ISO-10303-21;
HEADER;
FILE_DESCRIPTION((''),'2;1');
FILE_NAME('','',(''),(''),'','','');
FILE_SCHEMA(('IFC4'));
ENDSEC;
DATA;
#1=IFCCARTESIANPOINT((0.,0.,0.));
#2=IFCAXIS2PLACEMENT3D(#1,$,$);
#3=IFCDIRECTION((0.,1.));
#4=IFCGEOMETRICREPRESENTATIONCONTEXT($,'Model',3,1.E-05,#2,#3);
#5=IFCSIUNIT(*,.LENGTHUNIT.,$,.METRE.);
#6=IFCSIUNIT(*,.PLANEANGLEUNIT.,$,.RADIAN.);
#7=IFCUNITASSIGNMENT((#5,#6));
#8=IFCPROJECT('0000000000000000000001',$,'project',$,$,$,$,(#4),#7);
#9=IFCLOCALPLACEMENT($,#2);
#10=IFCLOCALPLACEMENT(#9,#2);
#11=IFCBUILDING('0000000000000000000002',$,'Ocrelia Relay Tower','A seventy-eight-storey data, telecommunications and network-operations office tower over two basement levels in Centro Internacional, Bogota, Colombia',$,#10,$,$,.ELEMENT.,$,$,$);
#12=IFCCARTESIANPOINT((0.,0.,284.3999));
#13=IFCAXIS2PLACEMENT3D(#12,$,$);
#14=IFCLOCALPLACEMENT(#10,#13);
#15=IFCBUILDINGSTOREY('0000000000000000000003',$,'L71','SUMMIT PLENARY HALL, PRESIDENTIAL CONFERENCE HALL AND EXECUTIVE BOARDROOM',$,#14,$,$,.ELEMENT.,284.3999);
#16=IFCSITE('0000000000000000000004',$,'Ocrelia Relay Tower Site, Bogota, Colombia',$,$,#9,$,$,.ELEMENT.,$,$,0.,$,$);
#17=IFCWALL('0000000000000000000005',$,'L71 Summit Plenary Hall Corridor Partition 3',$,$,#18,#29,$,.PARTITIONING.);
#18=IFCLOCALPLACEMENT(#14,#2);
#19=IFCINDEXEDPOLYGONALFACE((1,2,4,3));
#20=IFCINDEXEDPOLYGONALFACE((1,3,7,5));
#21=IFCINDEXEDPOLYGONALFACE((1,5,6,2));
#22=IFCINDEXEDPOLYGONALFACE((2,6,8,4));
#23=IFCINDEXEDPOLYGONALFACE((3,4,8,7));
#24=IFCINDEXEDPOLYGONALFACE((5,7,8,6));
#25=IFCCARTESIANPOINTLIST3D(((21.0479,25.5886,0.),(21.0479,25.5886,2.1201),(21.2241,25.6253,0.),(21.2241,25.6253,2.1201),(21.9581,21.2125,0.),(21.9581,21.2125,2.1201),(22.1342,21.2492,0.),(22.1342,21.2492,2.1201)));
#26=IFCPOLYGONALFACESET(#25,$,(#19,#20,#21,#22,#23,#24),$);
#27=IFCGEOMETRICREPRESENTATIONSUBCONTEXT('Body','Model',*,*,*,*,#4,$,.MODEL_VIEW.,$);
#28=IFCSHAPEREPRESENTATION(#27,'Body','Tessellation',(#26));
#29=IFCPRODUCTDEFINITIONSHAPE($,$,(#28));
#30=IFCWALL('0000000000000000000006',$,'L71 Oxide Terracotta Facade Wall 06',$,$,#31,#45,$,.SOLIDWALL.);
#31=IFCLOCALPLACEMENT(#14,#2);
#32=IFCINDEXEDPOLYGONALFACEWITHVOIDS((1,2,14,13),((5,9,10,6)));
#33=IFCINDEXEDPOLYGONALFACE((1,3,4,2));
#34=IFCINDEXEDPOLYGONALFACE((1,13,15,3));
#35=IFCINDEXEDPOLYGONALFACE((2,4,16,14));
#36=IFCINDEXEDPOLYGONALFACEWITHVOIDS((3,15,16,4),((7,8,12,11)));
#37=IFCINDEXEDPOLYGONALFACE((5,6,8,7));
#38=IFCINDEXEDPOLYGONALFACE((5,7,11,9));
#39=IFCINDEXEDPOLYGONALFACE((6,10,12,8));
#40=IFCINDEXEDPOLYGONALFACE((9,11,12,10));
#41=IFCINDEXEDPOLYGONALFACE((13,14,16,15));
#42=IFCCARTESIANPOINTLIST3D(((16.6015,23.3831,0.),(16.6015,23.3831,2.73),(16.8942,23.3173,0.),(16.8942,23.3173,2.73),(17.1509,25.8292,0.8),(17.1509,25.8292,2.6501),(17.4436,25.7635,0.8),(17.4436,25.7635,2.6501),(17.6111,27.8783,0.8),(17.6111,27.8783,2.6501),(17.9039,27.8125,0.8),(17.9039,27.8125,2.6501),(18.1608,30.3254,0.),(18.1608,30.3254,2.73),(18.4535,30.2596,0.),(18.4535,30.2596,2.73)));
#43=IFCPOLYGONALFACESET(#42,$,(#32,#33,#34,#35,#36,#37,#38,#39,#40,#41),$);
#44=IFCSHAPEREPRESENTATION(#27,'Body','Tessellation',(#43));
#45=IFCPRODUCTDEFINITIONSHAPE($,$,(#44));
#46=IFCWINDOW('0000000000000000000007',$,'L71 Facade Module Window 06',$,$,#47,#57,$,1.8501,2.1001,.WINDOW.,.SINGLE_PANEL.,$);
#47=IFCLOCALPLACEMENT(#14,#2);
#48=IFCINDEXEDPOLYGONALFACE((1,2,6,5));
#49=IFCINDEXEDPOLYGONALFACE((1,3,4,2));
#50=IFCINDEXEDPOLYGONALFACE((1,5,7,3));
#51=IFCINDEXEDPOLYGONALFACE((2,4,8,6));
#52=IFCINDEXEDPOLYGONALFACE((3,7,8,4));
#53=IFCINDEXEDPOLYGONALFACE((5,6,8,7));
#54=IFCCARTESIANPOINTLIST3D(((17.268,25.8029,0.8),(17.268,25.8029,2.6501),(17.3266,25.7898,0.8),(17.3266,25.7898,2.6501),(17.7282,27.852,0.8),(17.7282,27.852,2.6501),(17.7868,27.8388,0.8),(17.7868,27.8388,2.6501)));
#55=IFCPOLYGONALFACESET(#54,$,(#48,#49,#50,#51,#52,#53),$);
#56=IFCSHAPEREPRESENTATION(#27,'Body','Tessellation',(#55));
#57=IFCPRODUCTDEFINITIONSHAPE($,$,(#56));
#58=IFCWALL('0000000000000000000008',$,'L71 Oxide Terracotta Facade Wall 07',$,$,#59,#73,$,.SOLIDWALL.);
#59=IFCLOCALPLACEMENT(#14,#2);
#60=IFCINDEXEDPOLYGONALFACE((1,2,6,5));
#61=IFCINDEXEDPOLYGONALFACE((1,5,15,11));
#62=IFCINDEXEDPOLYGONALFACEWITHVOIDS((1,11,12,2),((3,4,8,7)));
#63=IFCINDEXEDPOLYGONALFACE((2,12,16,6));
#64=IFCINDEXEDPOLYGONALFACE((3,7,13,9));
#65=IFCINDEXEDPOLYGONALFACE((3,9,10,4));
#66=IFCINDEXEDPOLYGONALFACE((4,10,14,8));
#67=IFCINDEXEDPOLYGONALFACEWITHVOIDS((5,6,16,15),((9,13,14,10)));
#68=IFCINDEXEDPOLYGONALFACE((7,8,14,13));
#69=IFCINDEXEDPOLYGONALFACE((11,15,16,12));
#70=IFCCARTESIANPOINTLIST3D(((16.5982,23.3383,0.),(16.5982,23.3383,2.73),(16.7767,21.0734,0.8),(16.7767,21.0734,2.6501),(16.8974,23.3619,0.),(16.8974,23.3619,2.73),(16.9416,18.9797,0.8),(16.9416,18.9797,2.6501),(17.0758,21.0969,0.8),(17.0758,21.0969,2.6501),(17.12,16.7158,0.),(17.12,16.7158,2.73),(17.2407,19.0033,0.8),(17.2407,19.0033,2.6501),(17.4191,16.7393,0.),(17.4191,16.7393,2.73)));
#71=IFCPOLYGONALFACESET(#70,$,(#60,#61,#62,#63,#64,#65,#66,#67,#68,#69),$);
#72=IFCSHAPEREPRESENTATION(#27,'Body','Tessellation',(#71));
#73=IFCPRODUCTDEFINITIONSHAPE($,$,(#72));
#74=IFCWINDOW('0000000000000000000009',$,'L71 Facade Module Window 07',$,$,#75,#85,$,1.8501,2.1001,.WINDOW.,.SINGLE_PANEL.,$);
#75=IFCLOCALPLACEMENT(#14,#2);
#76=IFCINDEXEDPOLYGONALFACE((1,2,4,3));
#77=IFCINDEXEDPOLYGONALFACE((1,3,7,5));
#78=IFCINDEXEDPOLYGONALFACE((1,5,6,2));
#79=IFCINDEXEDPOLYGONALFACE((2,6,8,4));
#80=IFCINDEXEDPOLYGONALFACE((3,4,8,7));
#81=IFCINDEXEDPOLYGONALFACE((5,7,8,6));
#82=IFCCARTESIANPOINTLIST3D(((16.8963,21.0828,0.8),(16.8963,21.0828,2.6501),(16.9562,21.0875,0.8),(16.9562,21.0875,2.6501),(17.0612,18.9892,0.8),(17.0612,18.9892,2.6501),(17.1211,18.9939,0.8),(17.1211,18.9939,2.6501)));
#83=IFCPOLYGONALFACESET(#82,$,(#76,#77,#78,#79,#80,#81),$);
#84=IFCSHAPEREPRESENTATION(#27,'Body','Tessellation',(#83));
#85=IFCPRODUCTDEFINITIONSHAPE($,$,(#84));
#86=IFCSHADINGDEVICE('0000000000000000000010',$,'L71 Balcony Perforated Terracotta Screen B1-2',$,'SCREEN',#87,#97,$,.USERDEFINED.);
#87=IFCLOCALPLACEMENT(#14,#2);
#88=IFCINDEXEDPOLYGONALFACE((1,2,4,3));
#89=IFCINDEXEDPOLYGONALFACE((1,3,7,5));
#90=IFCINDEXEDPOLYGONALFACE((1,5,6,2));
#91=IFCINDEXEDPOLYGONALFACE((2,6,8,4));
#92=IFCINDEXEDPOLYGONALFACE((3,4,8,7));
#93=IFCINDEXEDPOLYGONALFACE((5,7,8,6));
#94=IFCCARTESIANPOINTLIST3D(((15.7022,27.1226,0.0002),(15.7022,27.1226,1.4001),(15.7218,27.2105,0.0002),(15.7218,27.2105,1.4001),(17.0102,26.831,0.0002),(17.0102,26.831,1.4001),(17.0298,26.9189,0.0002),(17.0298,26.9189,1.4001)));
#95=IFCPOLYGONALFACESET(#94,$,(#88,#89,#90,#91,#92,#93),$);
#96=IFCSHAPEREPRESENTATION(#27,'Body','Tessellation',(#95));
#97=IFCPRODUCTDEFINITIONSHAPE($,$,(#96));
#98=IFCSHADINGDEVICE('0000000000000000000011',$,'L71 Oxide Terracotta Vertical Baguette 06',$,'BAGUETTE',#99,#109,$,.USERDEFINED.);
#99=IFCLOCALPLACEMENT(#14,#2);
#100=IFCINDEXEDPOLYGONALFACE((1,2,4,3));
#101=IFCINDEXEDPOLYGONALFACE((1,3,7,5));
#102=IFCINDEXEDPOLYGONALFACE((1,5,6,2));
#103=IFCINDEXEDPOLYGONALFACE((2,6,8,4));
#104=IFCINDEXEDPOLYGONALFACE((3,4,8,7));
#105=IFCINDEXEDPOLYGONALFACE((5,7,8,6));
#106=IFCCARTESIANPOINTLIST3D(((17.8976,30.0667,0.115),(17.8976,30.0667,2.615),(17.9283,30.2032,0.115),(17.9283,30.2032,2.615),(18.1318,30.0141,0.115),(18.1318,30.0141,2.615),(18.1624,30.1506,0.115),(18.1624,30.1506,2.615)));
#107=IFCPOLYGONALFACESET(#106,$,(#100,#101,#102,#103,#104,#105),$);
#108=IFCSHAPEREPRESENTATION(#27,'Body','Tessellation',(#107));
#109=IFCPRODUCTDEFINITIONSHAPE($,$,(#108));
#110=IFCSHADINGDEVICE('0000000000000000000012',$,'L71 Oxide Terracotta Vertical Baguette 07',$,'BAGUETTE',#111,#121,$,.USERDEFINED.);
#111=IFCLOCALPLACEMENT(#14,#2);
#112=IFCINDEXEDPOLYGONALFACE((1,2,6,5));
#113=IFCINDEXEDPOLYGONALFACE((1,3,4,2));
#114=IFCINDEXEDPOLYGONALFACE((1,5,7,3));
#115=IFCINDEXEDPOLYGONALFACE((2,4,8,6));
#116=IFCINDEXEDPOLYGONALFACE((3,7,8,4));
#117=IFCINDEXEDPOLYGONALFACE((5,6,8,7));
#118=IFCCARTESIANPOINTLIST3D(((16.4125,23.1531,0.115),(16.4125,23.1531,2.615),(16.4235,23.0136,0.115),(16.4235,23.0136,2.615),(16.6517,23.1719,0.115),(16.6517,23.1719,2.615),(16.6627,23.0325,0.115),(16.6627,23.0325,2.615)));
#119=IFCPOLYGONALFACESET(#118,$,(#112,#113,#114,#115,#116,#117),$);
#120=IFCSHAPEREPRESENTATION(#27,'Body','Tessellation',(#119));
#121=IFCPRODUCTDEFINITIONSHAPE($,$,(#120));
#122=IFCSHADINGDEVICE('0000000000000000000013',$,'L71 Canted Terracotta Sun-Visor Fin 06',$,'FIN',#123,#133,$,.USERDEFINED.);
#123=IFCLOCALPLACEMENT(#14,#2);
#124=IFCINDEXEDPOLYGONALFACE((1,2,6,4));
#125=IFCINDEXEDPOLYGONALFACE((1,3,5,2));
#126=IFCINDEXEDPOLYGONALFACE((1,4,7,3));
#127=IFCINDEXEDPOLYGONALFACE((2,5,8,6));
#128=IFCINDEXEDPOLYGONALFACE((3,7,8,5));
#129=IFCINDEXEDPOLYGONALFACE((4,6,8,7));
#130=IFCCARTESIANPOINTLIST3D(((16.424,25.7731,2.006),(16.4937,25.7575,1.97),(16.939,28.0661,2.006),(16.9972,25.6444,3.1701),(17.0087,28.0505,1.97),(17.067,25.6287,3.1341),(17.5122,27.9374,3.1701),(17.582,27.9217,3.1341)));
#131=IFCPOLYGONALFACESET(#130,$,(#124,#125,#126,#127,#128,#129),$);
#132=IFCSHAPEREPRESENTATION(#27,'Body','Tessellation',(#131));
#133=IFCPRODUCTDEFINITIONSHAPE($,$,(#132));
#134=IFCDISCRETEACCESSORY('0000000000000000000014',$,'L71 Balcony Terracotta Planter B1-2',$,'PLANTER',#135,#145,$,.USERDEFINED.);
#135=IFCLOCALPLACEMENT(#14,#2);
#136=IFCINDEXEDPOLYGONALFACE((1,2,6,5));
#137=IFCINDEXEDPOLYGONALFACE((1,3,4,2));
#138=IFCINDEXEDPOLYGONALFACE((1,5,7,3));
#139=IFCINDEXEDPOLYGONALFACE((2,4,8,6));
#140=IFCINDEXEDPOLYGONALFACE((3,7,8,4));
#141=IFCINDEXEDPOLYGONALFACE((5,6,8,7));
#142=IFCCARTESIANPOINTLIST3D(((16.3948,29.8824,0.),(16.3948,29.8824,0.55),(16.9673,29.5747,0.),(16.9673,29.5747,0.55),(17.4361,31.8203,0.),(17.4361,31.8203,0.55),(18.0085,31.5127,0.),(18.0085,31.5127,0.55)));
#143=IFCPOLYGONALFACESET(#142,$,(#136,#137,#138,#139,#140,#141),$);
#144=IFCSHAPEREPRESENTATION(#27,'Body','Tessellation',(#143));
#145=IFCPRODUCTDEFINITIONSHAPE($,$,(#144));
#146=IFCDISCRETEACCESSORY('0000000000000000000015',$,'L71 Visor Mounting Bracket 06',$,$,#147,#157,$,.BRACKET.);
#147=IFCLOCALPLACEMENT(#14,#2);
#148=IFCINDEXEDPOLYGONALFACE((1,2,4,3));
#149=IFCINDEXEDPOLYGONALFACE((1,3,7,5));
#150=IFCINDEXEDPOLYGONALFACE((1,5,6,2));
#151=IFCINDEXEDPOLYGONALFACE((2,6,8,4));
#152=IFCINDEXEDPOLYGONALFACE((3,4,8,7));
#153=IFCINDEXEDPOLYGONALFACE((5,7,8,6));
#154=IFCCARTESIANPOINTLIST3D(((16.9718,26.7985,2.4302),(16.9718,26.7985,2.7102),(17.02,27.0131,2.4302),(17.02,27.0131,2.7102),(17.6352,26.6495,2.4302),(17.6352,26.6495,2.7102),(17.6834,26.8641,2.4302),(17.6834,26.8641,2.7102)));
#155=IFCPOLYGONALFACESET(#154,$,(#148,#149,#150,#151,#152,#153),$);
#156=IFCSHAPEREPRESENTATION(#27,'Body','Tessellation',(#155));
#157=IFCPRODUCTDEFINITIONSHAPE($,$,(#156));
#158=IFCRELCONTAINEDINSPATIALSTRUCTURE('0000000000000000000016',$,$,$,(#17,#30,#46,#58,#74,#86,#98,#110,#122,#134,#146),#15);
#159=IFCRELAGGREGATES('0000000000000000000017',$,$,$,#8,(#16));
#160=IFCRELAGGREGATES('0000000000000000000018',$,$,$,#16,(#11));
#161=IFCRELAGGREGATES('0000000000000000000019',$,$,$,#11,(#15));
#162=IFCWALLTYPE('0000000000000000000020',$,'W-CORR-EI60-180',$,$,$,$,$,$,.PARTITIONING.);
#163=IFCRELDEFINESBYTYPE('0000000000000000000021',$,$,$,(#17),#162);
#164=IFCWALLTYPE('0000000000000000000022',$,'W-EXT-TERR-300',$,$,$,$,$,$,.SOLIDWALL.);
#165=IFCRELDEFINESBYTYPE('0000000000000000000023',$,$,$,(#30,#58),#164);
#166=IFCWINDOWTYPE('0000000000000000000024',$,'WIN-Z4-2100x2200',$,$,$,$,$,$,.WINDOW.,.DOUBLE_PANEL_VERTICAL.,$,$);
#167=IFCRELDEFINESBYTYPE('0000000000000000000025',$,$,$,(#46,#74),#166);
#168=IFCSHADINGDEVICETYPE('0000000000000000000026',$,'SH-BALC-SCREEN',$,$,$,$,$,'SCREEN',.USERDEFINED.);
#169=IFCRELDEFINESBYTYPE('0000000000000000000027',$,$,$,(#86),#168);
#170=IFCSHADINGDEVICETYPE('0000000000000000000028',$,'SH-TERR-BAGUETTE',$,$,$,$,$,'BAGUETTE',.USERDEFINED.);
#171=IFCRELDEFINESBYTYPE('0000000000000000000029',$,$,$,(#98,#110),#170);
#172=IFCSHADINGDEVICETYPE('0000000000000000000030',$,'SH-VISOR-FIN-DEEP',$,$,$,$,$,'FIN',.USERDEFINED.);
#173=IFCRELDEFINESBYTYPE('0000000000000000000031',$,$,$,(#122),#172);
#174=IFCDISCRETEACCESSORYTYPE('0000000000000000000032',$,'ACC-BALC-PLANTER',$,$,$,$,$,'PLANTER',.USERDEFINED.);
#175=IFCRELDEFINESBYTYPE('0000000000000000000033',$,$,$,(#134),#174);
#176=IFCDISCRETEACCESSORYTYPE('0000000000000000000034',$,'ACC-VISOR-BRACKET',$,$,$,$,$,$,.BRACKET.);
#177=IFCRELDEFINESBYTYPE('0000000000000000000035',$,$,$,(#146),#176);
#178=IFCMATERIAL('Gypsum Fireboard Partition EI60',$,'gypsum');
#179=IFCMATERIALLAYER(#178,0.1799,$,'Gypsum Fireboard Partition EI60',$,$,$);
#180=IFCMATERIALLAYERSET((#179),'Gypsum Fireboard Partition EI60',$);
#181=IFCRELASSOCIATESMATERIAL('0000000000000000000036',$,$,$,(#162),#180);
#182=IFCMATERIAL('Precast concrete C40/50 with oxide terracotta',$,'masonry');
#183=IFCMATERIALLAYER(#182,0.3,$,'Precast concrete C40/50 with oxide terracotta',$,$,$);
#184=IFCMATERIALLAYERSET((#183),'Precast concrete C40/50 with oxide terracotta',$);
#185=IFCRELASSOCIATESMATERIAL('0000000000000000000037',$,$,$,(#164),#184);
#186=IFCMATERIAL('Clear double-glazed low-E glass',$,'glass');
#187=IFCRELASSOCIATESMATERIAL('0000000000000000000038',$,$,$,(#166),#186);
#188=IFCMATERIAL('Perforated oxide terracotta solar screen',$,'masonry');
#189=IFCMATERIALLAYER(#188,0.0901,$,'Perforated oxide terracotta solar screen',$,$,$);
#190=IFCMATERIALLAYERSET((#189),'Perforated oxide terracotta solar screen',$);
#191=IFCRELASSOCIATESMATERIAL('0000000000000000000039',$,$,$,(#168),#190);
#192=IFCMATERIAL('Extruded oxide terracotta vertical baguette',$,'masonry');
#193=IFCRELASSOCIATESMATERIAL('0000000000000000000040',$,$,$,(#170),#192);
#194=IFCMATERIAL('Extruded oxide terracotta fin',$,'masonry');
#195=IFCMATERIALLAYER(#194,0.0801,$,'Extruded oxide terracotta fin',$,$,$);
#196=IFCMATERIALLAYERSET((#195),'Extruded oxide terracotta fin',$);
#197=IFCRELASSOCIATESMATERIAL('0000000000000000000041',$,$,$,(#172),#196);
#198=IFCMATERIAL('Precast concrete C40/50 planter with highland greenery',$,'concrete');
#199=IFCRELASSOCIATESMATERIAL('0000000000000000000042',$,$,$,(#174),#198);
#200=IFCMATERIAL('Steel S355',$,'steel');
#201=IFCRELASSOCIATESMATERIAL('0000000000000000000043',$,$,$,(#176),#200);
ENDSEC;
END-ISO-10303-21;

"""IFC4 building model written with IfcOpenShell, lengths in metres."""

from ifc_helpers import new_model, si_unit, direction, frame, frame_2d, origin, origin_2d, place, context, subcontext, project, spatial, rectangle, extrude, material, layer, layer_set, type_object, element, fill, save


model = new_model("IFC4")

# Units and contexts
model_context = context("Model", 3, precision=1e-05, world=origin(), true_north=direction((0.0, 1.0)))
body_context = subcontext(model_context, "Body", "Model", "MODEL_VIEW")
ifc_project = project(units=[si_unit("LENGTHUNIT", "METRE"), si_unit("PLANEANGLEUNIT", "RADIAN")], contexts=[model_context])

# Site, building, storey
site_placement = place(None, origin())
site = spatial("IfcSite", under=ifc_project, at=site_placement, Name="Ocrelia Relay Tower Site, Bogota, Colombia", CompositionType="ELEMENT", RefElevation=0.0)
building_placement = place(site_placement, origin())
building = spatial("IfcBuilding", under=site, at=building_placement, Name="Ocrelia Relay Tower", Description="A seventy-eight-storey data, telecommunications and network-operations office tower over two basement levels in Centro Internacional, Bogota, Colombia", CompositionType="ELEMENT")
storey_placement = place(building_placement, frame((0.0, 0.0, 284.3999)))
storey = spatial("IfcBuildingStorey", under=building, at=storey_placement, Name="L71", Description="SUMMIT PLENARY HALL, PRESIDENTIAL CONFERENCE HALL AND EXECUTIVE BOARDROOM", CompositionType="ELEMENT", Elevation=284.3999)

# Shared definitions
ifc_material_1 = material(Name="Steel S355", Category="steel")

# Wall
ifc_material_2 = material(Name="Gypsum Fireboard Partition EI60", Category="gypsum")
ifc_layer_1 = layer(ifc_material_2, 0.1799, Name="Gypsum Fireboard Partition EI60")
ifc_layer_set_1 = layer_set([ifc_layer_1], Name="Gypsum Fireboard Partition EI60")
wall_type_1 = type_object("IfcWallType", Name="W-CORR-EI60-180", PredefinedType="PARTITIONING", material=ifc_layer_set_1)
wall_1_placement = place(storey_placement, frame((21.136, 25.6069, 0.0), z_axis=(0.0, 0.0, 1.0), x_axis=(0.203631, -0.979048, 0.0)))
element("IfcWall", 1, at=wall_1_placement, inside=storey, type_object=wall_type_1, Name="L71 Summit Plenary Hall Corridor Partition 3", PredefinedType="PARTITIONING", context=body_context, shape_type="SweptSolid", body=[
    extrude(rectangle(XDim=4.4697, YDim=0.1799, at=frame_2d((2.2349, 0.0))), origin(), (0.0, 0.0, 1.0), 2.1201),
])

# Walls, openings, windows
ifc_material_3 = material(Name="Precast concrete C40/50 with oxide terracotta", Category="masonry")
ifc_layer_2 = layer(ifc_material_3, 0.3, Name="Precast concrete C40/50 with oxide terracotta")
ifc_layer_set_2 = layer_set([ifc_layer_2], Name="Precast concrete C40/50 with oxide terracotta")
wall_type_2 = type_object("IfcWallType", Name="W-EXT-TERR-300", PredefinedType="SOLIDWALL", material=ifc_layer_set_2)
wall_2_placement = place(storey_placement, frame((18.3071, 30.2925, 0.0), z_axis=(0.0, 0.0, 1.0), x_axis=(-0.21915, -0.975691, 0.0)))
wall_2 = element("IfcWall", 2, at=wall_2_placement, inside=storey, type_object=wall_type_2, Name="L71 Oxide Terracotta Facade Wall 06", PredefinedType="SOLIDWALL", context=body_context, shape_type="SweptSolid", body=[
    extrude(rectangle(XDim=7.1152, YDim=0.3, at=frame_2d((3.5576, 0.0))), origin(), (0.0, 0.0, 1.0), 2.73),
])
opening_1_placement = place(wall_2_placement, frame((2.5081, 0.0, 0.8)))
opening_1 = element("IfcOpeningElement", 3, at=opening_1_placement, cuts=wall_2, PredefinedType="OPENING", context=body_context, shape_type="SweptSolid", body=[
    extrude(rectangle(XDim=2.1001, YDim=1.8501, at=frame_2d((1.05, 0.925))), frame((0.0, 0.1602, 0.0), z_axis=(0.0, -1.0, 0.0), x_axis=(1.0, 0.0, 0.0)), (0.0, 0.0, 1.0), 0.3201),
])
ifc_material_4 = material(Name="Clear double-glazed low-E glass", Category="glass")
window_type = type_object("IfcWindowType", Name="WIN-Z4-2100x2200", PartitioningType="DOUBLE_PANEL_VERTICAL", PredefinedType="WINDOW", material=ifc_material_4)
window_1_placement = place(opening_1_placement, origin())
window_1 = element("IfcWindow", 4, at=window_1_placement, inside=storey, type_object=window_type, Name="L71 Facade Module Window 06", OverallHeight=1.8501, OverallWidth=2.1001, PartitioningType="SINGLE_PANEL", PredefinedType="WINDOW", context=body_context, shape_type="SweptSolid", body=[
    extrude(rectangle(XDim=2.1001, YDim=1.8501, at=frame_2d((1.05, 0.925))), frame((0.0, 0.03, 0.0), z_axis=(0.0, -1.0, 0.0), x_axis=(1.0, 0.0, 0.0)), (0.0, 0.0, 1.0), 0.0601),
])
fill(opening_1, window_1)
wall_3_placement = place(storey_placement, frame((16.7478, 23.3501, 0.0), z_axis=(0.0, 0.0, 1.0), x_axis=(0.078537, -0.996911, 0.0)))
wall_3 = element("IfcWall", 5, at=wall_3_placement, inside=storey, type_object=wall_type_2, Name="L71 Oxide Terracotta Facade Wall 07", PredefinedType="SOLIDWALL", context=body_context, shape_type="SweptSolid", body=[
    extrude(rectangle(XDim=6.6431, YDim=0.3, at=frame_2d((3.3215, 0.0))), origin(), (0.0, 0.0, 1.0), 2.73),
])
opening_2_placement = place(wall_3_placement, frame((2.272, 0.0, 0.8)))
opening_2 = element("IfcOpeningElement", 6, at=opening_2_placement, cuts=wall_3, PredefinedType="OPENING", context=body_context, shape_type="SweptSolid", body=[
    extrude(rectangle(XDim=2.1001, YDim=1.8501, at=frame_2d((1.05, 0.925))), frame((0.0, 0.1602, 0.0), z_axis=(0.0, -1.0, 0.0), x_axis=(1.0, 0.0, 0.0)), (0.0, 0.0, 1.0), 0.3201),
])
window_2_placement = place(opening_2_placement, origin())
window_2 = element("IfcWindow", 7, at=window_2_placement, inside=storey, type_object=window_type, Name="L71 Facade Module Window 07", OverallHeight=1.8501, OverallWidth=2.1001, PartitioningType="SINGLE_PANEL", PredefinedType="WINDOW", context=body_context, shape_type="SweptSolid", body=[
    extrude(rectangle(XDim=2.1001, YDim=1.8501, at=frame_2d((1.05, 0.925))), frame((0.0, 0.03, 0.0), z_axis=(0.0, -1.0, 0.0), x_axis=(1.0, 0.0, 0.0)), (0.0, 0.0, 1.0), 0.0601),
])
fill(opening_2, window_2)

# Shading devices
ifc_material_5 = material(Name="Perforated oxide terracotta solar screen", Category="masonry")
ifc_layer_3 = layer(ifc_material_5, 0.0901, Name="Perforated oxide terracotta solar screen")
ifc_layer_set_3 = layer_set([ifc_layer_3], Name="Perforated oxide terracotta solar screen")
shading_device_type_1 = type_object("IfcShadingDeviceType", Name="SH-BALC-SCREEN", ElementType="SCREEN", PredefinedType="USERDEFINED", material=ifc_layer_set_3)
shading_device_1_placement = place(storey_placement, frame((16.366, 27.0208, 0.0002), z_axis=(0.0, 0.0, 1.0), x_axis=(-0.976038, 0.217599, 0.0)))
element("IfcShadingDevice", 8, at=shading_device_1_placement, inside=storey, type_object=shading_device_type_1, Name="L71 Balcony Perforated Terracotta Screen B1-2", ObjectType="SCREEN", PredefinedType="USERDEFINED", context=body_context, shape_type="SweptSolid", body=[
    extrude(rectangle(XDim=1.3401, YDim=0.0901, at=origin_2d()), origin(), (0.0, 0.0, 1.0), 1.3999),
])
ifc_material_6 = material(Name="Extruded oxide terracotta vertical baguette", Category="masonry")
shading_device_type_2 = type_object("IfcShadingDeviceType", Name="SH-TERR-BAGUETTE", ElementType="BAGUETTE", PredefinedType="USERDEFINED", material=ifc_material_6)
for number, where, z_axis, x_axis, name in (
    (9, (18.03, 30.1086, 0.115), (0.0, 0.0, 1.0), (-0.219135, -0.975694, 0.0), "L71 Oxide Terracotta Vertical Baguette 06"),
    (10, (16.5376, 23.0928, 0.115), (0.0, 0.0, 1.0), (0.078517, -0.996913, 0.0), "L71 Oxide Terracotta Vertical Baguette 07"),
):
    element("IfcShadingDevice", number, at=place(storey_placement, frame(where, z_axis=z_axis, x_axis=x_axis)), inside=storey, type_object=shading_device_type_2, Name=name, ObjectType="BAGUETTE", PredefinedType="USERDEFINED", context=body_context, shape_type="SweptSolid", body=[
        extrude(rectangle(XDim=0.1399, YDim=0.24, at=origin_2d()), origin(), (0.0, 0.0, 1.0), 2.5),
    ])
ifc_material_7 = material(Name="Extruded oxide terracotta fin", Category="masonry")
ifc_layer_4 = layer(ifc_material_7, 0.0801, Name="Extruded oxide terracotta fin")
ifc_layer_set_4 = layer_set([ifc_layer_4], Name="Extruded oxide terracotta fin")
shading_device_type_3 = type_object("IfcShadingDeviceType", Name="SH-VISOR-FIN-DEEP", ElementType="FIN", PredefinedType="USERDEFINED", material=ifc_layer_set_4)
shading_device_2_placement = place(storey_placement, frame((17.0378, 26.8396, 2.552), z_axis=(-0.871045, 0.195632, 0.450566), x_axis=(-0.219135, -0.975694, 0.0)))
element("IfcShadingDevice", 11, at=shading_device_2_placement, inside=storey, type_object=shading_device_type_3, Name="L71 Canted Terracotta Sun-Visor Fin 06", ObjectType="FIN", PredefinedType="USERDEFINED", context=body_context, shape_type="SweptSolid", body=[
    extrude(rectangle(XDim=2.3501, YDim=1.304, at=origin_2d()), origin(), (0.0, 0.0, 1.0), 0.0801),
])

# Discrete accessories
ifc_material_8 = material(Name="Precast concrete C40/50 planter with highland greenery", Category="concrete")
discrete_accessory_type_1 = type_object("IfcDiscreteAccessoryType", Name="ACC-BALC-PLANTER", ElementType="PLANTER", PredefinedType="USERDEFINED", material=ifc_material_8)
discrete_accessory_1_placement = place(storey_placement, frame((17.2017, 30.6975, 0.0), z_axis=(0.0, 0.0, 1.0), x_axis=(0.473319, 0.880891, 0.0)))
element("IfcDiscreteAccessory", 12, at=discrete_accessory_1_placement, inside=storey, type_object=discrete_accessory_type_1, Name="L71 Balcony Terracotta Planter B1-2", ObjectType="PLANTER", PredefinedType="USERDEFINED", context=body_context, shape_type="SweptSolid", body=[
    extrude(rectangle(XDim=2.2, YDim=0.6499, at=origin_2d()), origin(), (0.0, 0.0, 1.0), 0.55),
])
discrete_accessory_type_2 = type_object("IfcDiscreteAccessoryType", Name="ACC-VISOR-BRACKET", PredefinedType="BRACKET", material=ifc_material_1)
discrete_accessory_2_placement = place(storey_placement, frame((17.3276, 26.8313, 2.4302), z_axis=(0.0, 0.0, 1.0), x_axis=(-0.219135, -0.975694, 0.0)))
element("IfcDiscreteAccessory", 13, at=discrete_accessory_2_placement, inside=storey, type_object=discrete_accessory_type_2, Name="L71 Visor Mounting Bracket 06", PredefinedType="BRACKET", context=body_context, shape_type="SweptSolid", body=[
    extrude(rectangle(XDim=0.22, YDim=0.6799, at=origin_2d()), origin(), (0.0, 0.0, 1.0), 0.28),
])

save(model, "model.ifc")
